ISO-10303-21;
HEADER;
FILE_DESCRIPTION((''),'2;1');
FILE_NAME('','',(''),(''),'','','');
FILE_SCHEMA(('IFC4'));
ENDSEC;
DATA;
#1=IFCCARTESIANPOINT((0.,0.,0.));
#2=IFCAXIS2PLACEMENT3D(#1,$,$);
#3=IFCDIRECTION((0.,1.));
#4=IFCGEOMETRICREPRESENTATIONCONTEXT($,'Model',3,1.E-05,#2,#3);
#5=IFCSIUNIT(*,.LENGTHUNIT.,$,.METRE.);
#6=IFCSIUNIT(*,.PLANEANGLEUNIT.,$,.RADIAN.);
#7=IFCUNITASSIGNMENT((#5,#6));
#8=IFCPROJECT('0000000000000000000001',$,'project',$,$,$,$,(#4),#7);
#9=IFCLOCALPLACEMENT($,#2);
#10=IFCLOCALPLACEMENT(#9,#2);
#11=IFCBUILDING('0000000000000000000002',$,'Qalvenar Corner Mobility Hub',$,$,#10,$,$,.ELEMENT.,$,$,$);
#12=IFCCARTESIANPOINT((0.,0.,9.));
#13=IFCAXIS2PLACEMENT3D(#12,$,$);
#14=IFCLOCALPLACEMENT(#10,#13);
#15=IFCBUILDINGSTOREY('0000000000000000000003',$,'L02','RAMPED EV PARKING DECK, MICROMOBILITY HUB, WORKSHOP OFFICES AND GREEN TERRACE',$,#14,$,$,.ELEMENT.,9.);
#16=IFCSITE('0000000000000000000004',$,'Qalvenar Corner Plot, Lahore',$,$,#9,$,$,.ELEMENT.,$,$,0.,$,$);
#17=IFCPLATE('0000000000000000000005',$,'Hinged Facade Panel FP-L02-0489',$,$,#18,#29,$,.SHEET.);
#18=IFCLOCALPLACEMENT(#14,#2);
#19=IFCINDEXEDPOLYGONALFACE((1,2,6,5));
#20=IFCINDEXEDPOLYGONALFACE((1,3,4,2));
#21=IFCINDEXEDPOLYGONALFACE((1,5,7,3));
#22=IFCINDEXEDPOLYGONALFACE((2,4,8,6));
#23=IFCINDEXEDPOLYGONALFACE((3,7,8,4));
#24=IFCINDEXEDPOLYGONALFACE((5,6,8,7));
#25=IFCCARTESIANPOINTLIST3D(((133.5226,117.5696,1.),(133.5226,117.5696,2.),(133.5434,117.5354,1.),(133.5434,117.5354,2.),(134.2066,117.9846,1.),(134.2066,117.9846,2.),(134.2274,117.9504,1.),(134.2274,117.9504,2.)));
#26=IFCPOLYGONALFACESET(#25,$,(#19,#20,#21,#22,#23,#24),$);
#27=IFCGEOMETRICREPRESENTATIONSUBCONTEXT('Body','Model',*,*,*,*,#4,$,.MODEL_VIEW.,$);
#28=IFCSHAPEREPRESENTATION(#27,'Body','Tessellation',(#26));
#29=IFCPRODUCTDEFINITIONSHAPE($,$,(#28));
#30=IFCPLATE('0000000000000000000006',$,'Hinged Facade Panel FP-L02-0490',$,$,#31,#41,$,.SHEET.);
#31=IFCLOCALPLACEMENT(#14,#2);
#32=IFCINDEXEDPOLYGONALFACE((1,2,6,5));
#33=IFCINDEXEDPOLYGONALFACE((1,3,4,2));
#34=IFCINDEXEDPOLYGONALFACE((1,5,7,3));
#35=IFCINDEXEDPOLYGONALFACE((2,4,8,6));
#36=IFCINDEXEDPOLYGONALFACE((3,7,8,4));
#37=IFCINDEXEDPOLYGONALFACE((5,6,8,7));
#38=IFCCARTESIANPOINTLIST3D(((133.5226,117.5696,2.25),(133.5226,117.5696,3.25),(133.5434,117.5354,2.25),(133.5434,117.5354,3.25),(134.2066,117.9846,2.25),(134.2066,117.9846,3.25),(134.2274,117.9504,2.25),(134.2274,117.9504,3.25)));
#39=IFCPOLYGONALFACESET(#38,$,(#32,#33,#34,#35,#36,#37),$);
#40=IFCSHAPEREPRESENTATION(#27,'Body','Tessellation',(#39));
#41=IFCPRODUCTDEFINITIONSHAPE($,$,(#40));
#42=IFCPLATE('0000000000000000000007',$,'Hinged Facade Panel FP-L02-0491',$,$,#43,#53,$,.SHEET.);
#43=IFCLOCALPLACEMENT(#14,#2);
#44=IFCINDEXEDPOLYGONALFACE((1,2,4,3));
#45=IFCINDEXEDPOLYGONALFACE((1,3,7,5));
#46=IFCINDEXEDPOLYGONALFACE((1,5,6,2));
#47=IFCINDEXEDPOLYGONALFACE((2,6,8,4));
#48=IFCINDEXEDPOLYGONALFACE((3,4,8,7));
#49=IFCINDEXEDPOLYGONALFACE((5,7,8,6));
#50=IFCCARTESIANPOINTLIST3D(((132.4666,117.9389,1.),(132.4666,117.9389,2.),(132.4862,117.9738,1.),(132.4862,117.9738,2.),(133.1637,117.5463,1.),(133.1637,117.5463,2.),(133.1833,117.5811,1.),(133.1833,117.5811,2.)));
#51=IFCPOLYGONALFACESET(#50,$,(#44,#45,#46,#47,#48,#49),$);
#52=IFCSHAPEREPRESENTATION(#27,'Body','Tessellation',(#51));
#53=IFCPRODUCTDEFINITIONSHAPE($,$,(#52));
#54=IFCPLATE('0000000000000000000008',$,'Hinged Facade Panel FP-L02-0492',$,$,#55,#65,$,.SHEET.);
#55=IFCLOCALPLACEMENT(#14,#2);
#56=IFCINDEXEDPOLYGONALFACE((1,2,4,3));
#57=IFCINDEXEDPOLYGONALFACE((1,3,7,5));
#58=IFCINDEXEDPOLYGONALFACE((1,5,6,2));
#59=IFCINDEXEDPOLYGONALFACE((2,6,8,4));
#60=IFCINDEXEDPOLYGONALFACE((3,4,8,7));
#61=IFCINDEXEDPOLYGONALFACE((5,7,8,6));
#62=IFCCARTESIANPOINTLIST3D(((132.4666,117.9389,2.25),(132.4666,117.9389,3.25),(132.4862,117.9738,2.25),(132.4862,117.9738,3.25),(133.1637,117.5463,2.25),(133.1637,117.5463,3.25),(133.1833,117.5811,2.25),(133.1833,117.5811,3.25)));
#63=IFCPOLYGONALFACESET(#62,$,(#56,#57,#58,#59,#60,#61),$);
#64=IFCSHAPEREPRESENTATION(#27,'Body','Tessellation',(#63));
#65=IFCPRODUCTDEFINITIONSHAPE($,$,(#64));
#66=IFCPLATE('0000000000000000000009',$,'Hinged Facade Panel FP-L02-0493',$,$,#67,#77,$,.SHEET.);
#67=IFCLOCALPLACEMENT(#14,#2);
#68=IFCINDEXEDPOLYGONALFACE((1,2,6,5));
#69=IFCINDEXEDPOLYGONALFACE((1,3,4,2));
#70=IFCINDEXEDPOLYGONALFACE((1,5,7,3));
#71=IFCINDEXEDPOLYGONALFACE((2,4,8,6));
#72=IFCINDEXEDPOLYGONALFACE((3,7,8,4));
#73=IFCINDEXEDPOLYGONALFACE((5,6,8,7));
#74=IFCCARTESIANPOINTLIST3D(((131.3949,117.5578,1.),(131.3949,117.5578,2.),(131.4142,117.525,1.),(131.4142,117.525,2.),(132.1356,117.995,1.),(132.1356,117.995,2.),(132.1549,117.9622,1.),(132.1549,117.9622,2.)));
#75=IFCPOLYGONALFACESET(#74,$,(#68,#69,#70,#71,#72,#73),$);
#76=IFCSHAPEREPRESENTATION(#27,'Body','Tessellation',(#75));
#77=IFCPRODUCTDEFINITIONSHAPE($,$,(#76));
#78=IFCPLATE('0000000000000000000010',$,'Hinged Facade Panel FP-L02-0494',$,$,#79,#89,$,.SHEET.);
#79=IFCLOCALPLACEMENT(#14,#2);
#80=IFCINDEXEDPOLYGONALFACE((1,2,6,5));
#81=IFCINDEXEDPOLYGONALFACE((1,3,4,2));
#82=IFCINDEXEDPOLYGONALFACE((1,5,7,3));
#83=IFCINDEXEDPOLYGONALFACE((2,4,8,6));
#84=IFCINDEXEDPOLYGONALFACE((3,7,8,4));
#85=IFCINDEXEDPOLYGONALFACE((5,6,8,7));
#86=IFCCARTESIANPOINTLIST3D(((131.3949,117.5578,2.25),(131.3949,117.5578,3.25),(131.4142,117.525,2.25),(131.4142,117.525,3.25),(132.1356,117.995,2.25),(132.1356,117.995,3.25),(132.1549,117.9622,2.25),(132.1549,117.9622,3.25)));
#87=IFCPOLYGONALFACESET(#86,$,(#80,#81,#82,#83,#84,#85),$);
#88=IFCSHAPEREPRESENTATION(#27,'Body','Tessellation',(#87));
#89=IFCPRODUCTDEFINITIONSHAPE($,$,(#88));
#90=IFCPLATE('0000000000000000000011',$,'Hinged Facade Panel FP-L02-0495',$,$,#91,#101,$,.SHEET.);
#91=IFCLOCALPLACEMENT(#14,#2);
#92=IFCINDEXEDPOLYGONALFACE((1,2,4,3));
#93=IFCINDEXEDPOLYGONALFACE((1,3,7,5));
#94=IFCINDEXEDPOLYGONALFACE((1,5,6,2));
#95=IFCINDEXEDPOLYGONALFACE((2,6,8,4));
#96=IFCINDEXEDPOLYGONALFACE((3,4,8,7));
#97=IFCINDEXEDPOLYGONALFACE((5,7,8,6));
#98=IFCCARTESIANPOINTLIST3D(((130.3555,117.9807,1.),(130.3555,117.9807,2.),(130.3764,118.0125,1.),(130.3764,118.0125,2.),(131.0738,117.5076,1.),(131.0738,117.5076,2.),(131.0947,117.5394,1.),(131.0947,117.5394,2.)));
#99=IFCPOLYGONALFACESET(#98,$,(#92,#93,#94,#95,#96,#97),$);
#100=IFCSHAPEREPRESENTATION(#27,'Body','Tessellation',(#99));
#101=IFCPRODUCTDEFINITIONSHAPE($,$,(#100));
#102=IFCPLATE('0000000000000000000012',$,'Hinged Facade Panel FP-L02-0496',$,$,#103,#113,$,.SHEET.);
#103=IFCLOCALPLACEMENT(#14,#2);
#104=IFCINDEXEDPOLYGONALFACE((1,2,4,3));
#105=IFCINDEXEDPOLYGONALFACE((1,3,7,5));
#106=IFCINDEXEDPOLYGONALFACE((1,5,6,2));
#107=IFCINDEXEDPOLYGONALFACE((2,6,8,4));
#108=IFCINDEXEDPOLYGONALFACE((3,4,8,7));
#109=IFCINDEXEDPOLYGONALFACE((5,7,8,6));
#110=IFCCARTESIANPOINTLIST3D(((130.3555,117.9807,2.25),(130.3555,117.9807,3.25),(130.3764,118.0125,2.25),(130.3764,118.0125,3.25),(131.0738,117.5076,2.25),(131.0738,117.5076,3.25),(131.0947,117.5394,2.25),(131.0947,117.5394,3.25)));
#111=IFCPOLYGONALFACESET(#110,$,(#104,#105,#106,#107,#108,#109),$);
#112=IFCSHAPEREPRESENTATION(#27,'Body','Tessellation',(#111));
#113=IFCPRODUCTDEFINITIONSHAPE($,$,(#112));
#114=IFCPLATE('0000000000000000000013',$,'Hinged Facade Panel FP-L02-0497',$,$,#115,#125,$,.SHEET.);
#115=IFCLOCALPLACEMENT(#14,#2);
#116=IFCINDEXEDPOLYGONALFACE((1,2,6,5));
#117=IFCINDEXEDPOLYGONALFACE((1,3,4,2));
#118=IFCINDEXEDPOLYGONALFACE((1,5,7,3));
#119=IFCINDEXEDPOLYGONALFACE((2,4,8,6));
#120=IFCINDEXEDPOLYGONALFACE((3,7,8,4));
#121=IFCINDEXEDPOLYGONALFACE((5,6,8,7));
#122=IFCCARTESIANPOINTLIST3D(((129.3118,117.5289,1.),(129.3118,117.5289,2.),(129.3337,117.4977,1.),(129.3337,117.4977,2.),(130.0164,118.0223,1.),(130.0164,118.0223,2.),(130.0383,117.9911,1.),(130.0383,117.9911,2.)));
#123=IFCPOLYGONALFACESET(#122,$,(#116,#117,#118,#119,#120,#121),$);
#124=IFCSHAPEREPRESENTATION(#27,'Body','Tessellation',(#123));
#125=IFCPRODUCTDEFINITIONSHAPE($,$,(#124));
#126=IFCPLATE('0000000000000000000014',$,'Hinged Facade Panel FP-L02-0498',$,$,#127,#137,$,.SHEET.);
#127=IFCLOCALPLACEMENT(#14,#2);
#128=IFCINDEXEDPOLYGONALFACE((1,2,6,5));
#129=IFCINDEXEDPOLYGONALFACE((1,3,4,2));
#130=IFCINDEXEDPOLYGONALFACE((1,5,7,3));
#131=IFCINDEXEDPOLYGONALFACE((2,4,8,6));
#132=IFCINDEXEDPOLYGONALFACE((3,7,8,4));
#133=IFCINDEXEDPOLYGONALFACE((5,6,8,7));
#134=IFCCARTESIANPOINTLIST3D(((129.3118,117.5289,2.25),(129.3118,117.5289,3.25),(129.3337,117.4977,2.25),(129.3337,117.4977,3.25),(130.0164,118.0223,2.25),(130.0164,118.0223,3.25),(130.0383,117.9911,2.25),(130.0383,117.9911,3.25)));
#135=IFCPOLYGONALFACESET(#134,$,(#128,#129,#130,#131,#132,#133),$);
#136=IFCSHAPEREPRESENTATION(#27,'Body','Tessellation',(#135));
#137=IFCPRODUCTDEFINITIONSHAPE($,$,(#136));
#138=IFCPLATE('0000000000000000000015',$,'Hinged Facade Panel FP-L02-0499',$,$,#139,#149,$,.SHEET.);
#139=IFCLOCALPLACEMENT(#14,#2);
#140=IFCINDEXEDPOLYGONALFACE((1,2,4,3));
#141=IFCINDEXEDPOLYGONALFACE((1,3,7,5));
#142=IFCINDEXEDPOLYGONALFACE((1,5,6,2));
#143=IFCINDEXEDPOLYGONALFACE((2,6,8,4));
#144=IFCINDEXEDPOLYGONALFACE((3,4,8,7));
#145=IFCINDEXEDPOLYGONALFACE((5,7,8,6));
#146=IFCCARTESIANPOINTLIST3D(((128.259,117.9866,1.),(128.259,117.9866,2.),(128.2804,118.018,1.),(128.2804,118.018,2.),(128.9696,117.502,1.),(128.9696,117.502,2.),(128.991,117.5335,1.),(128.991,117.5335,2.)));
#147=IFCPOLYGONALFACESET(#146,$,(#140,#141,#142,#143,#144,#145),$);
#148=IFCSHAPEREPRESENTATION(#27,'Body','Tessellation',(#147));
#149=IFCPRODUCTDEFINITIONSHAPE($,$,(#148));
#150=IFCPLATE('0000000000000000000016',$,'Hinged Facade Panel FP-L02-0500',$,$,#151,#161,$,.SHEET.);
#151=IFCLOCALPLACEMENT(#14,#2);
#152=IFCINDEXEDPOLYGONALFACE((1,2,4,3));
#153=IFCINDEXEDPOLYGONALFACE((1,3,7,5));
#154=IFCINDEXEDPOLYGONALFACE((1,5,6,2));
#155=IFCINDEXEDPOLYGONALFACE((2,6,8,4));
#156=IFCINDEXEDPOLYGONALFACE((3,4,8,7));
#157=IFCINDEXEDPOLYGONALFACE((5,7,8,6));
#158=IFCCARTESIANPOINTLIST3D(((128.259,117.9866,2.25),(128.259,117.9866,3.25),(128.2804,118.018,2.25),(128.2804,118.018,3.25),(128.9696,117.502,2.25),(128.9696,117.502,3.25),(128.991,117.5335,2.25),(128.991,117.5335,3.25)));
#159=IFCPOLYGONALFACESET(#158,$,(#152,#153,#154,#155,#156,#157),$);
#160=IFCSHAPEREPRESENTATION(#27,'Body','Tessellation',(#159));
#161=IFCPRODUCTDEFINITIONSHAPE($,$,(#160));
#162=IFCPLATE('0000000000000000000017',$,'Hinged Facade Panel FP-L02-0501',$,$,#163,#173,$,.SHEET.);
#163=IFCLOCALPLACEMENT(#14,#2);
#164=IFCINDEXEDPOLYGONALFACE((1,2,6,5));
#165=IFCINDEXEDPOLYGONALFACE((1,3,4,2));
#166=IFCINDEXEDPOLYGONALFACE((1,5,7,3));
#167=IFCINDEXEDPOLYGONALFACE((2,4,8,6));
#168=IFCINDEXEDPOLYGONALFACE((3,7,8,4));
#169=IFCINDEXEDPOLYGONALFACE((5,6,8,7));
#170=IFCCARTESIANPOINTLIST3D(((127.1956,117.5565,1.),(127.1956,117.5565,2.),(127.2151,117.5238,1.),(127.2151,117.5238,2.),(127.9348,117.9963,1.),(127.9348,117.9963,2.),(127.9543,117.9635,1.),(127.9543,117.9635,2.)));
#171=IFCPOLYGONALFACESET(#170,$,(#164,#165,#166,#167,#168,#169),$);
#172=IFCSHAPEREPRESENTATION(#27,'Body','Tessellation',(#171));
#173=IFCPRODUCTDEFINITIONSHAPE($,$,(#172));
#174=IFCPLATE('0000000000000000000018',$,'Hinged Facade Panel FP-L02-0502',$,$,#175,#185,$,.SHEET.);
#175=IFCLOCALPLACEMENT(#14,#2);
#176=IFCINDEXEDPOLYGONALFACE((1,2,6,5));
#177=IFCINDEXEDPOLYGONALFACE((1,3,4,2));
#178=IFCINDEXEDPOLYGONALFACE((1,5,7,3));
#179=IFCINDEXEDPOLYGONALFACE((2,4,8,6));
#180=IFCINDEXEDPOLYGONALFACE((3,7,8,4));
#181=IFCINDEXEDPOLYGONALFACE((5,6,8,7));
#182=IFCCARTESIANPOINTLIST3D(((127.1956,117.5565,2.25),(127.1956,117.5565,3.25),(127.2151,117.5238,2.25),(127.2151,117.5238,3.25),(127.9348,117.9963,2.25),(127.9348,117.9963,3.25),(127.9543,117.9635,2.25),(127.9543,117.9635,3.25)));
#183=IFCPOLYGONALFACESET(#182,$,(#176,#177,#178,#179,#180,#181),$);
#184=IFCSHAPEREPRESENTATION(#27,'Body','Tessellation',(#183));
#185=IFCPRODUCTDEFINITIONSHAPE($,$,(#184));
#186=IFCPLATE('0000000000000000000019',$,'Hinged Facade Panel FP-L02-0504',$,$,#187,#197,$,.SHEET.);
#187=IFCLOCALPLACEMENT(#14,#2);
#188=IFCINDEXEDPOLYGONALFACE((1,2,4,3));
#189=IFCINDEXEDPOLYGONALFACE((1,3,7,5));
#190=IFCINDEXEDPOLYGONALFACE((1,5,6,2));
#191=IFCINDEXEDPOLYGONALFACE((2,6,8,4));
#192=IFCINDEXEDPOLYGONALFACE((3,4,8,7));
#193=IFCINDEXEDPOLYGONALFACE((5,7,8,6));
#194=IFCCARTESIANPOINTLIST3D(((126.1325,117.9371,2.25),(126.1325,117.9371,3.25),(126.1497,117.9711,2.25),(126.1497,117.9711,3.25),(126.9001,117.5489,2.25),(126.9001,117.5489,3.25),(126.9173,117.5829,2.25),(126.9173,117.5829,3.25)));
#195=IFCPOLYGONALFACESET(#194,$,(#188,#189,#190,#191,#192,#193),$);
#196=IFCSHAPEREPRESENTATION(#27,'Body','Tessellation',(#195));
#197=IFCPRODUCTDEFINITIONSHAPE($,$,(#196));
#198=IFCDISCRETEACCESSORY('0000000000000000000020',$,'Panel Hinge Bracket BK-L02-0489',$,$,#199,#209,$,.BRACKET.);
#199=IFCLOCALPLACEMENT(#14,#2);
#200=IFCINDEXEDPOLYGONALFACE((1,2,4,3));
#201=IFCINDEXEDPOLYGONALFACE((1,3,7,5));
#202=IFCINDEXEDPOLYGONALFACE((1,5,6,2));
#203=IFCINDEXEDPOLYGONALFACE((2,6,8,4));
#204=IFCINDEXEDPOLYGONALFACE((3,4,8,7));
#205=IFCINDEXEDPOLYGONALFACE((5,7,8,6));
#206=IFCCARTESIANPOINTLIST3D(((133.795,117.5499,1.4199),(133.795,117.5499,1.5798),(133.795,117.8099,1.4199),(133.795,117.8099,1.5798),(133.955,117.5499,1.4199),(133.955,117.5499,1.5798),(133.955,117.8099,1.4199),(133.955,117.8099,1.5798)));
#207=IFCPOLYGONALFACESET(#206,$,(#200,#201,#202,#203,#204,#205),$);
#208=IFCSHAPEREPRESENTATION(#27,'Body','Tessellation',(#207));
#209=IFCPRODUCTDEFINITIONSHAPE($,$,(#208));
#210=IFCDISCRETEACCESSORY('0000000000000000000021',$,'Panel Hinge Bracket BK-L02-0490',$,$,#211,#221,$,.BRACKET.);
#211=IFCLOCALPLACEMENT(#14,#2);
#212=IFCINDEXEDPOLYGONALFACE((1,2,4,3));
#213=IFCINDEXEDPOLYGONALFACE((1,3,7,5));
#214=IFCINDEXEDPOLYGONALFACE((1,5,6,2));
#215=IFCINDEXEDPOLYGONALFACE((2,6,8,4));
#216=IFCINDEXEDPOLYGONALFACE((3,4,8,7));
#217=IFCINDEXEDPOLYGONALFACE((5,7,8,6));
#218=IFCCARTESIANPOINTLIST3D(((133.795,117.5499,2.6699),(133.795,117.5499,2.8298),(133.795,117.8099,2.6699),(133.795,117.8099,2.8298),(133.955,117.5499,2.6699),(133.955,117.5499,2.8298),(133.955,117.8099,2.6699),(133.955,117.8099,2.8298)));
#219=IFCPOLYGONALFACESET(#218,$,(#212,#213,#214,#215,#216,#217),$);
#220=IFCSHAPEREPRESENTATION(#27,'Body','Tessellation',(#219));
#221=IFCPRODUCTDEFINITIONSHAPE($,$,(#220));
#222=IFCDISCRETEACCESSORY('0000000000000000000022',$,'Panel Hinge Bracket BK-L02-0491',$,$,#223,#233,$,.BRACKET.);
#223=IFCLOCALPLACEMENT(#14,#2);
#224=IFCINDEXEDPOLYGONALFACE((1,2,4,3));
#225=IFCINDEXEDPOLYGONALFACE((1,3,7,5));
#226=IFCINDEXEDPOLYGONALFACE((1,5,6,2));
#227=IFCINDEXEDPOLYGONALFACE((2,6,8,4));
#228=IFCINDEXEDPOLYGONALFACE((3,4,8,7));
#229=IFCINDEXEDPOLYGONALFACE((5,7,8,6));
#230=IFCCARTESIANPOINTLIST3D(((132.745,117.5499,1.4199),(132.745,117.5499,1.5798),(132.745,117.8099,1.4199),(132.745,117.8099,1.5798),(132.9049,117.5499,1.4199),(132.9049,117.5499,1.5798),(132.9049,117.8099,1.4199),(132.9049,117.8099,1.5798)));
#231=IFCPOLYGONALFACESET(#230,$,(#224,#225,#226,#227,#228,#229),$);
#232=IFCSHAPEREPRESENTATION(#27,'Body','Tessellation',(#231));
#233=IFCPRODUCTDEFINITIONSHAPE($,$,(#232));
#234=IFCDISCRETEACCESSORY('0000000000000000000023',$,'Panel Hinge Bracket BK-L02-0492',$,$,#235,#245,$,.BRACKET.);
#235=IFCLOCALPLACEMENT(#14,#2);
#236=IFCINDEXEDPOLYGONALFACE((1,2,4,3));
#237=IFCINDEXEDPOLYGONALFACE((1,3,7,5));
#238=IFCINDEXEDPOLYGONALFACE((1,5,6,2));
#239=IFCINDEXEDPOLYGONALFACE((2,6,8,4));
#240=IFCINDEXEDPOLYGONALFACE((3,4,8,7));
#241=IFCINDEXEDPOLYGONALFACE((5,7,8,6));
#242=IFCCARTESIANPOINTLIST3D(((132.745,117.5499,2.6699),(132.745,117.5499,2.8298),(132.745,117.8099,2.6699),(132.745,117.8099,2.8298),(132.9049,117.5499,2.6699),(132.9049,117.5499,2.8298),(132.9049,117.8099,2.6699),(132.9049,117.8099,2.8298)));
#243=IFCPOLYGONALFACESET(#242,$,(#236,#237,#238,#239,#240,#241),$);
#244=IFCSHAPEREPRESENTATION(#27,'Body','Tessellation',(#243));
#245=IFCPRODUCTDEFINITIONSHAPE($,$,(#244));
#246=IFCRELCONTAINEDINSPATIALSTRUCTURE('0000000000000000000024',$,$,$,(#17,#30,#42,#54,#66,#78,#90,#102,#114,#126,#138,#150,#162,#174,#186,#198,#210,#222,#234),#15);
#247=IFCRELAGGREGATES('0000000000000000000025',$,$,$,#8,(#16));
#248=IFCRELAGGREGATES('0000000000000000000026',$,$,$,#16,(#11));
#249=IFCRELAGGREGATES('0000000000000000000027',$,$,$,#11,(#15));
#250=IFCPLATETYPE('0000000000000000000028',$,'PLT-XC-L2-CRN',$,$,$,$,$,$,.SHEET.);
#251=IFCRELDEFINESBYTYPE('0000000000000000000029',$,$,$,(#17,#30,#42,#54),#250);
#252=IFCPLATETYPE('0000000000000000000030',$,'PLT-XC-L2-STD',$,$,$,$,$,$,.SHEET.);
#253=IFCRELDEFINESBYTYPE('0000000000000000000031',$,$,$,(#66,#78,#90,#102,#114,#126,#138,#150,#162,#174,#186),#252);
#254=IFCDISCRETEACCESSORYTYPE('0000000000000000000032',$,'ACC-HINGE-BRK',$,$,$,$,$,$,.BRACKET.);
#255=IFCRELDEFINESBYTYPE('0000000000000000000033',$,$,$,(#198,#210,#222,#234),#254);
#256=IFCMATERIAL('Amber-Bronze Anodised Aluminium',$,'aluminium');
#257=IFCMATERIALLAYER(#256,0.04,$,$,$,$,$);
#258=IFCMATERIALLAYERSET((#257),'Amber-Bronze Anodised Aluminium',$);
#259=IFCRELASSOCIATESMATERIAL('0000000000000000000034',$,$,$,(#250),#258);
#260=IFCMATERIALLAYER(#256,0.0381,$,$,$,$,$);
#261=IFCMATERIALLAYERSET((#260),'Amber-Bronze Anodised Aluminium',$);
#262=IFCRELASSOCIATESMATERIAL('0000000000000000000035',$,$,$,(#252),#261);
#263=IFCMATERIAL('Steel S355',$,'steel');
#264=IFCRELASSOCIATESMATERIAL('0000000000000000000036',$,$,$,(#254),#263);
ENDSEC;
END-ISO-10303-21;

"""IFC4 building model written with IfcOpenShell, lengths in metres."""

from ifc_helpers import new_model, si_unit, direction, frame, origin, origin_2d, place, context, subcontext, project, spatial, rectangle, extrude, material, layer, layer_set, type_object, element, save


model = new_model("IFC4")

# Units and contexts
model_context = context("Model", 3, precision=1e-05, world=origin(), true_north=direction((0.0, 1.0)))
body_context = subcontext(model_context, "Body", "Model", "MODEL_VIEW")
ifc_project = project(units=[si_unit("LENGTHUNIT", "METRE"), si_unit("PLANEANGLEUNIT", "RADIAN")], contexts=[model_context])

# Site, building, storey
site_placement = place(None, origin())
site = spatial("IfcSite", under=ifc_project, at=site_placement, Name="Qalvenar Corner Plot, Lahore", CompositionType="ELEMENT", RefElevation=0.0)
building_placement = place(site_placement, origin())
building = spatial("IfcBuilding", under=site, at=building_placement, Name="Qalvenar Corner Mobility Hub", CompositionType="ELEMENT")
storey_placement = place(building_placement, frame((0.0, 0.0, 9.0)))
storey = spatial("IfcBuildingStorey", under=building, at=storey_placement, Name="L02", Description="RAMPED EV PARKING DECK, MICROMOBILITY HUB, WORKSHOP OFFICES AND GREEN TERRACE", CompositionType="ELEMENT", Elevation=9.0)

# Shared definitions
ifc_material_1 = material(Name="Steel S355", Category="steel")

# Plates
ifc_material_2 = material(Name="Amber-Bronze Anodised Aluminium", Category="aluminium")
ifc_layer_1 = layer(ifc_material_2, 0.04)
ifc_layer_set_1 = layer_set([ifc_layer_1], Name="Amber-Bronze Anodised Aluminium")
plate_type_1 = type_object("IfcPlateType", Name="PLT-XC-L2-CRN", PredefinedType="SHEET", material=ifc_layer_set_1)
for number, where, z_axis, x_axis, name in (
    (1, (133.875, 117.76, 1.0), (0.0, 0.0, 1.0), (-0.854912, -0.518773, 0.0), "Hinged Facade Panel FP-L02-0489"),
    (2, (133.875, 117.76, 2.25), (0.0, 0.0, 1.0), (-0.854912, -0.518773, 0.0), "Hinged Facade Panel FP-L02-0490"),
    (3, (132.825, 117.76, 1.0), (0.0, 0.0, 1.0), (-0.871299, 0.490752, 0.0), "Hinged Facade Panel FP-L02-0491"),
    (4, (132.825, 117.76, 2.25), (0.0, 0.0, 1.0), (-0.871299, 0.490752, 0.0), "Hinged Facade Panel FP-L02-0492"),
):
    element("IfcPlate", number, at=place(storey_placement, frame(where, z_axis=z_axis, x_axis=x_axis)), inside=storey, type_object=plate_type_1, Name=name, PredefinedType="SHEET", context=body_context, shape_type="SweptSolid", body=[
        extrude(rectangle(XDim=0.8, YDim=0.04, at=origin_2d()), origin(), (0.0, 0.0, 1.0), 1.0),
    ])
ifc_layer_2 = layer(ifc_material_2, 0.0381)
ifc_layer_set_2 = layer_set([ifc_layer_2], Name="Amber-Bronze Anodised Aluminium")
plate_type_2 = type_object("IfcPlateType", Name="PLT-XC-L2-STD", PredefinedType="SHEET", material=ifc_layer_set_2)
for number, where, z_axis, x_axis, name in (
    (5, (131.7749, 117.76, 1.0), (0.0, 0.0, 1.0), (-0.861186, -0.50829, 0.0), "Hinged Facade Panel FP-L02-0493"),
    (6, (131.7749, 117.76, 2.25), (0.0, 0.0, 1.0), (-0.861186, -0.50829, 0.0), "Hinged Facade Panel FP-L02-0494"),
    (7, (130.7251, 117.76, 1.0), (0.0, 0.0, 1.0), (-0.835136, 0.550044, 0.0), "Hinged Facade Panel FP-L02-0495"),
    (8, (130.7251, 117.76, 2.25), (0.0, 0.0, 1.0), (-0.835136, 0.550044, 0.0), "Hinged Facade Panel FP-L02-0496"),
    (9, (129.675, 117.76, 1.0), (0.0, 0.0, 1.0), (-0.819152, -0.573576, 0.0), "Hinged Facade Panel FP-L02-0497"),
    (10, (129.675, 117.76, 2.25), (0.0, 0.0, 1.0), (-0.819152, -0.573576, 0.0), "Hinged Facade Panel FP-L02-0498"),
    (11, (128.625, 117.76, 1.0), (0.0, 0.0, 1.0), (-0.826197, 0.563382, 0.0), "Hinged Facade Panel FP-L02-0499"),
    (12, (128.625, 117.76, 2.25), (0.0, 0.0, 1.0), (-0.826197, 0.563382, 0.0), "Hinged Facade Panel FP-L02-0500"),
    (13, (127.575, 117.76, 1.0), (0.0, 0.0, 1.0), (-0.859406, -0.511293, 0.0), "Hinged Facade Panel FP-L02-0501"),
    (14, (127.575, 117.76, 2.25), (0.0, 0.0, 1.0), (-0.859406, -0.511293, 0.0), "Hinged Facade Panel FP-L02-0502"),
    (15, (126.5249, 117.76, 2.25), (0.0, 0.0, 1.0), (-0.89235, 0.451345, 0.0), "Hinged Facade Panel FP-L02-0504"),
):
    element("IfcPlate", number, at=place(storey_placement, frame(where, z_axis=z_axis, x_axis=x_axis)), inside=storey, type_object=plate_type_2, Name=name, PredefinedType="SHEET", context=body_context, shape_type="SweptSolid", body=[
        extrude(rectangle(XDim=0.8601, YDim=0.0381, at=origin_2d()), origin(), (0.0, 0.0, 1.0), 1.0),
    ])

# Discrete accessories
discrete_accessory_type = type_object("IfcDiscreteAccessoryType", Name="ACC-HINGE-BRK", PredefinedType="BRACKET", material=ifc_material_1)
for number, where, z_axis, x_axis, name in (
    (16, (133.875, 117.6799, 1.4199), (0.0, 0.0, 1.0), (-1.0, 0.0, 0.0), "Panel Hinge Bracket BK-L02-0489"),
    (17, (133.875, 117.6799, 2.6699), (0.0, 0.0, 1.0), (-1.0, 0.0, 0.0), "Panel Hinge Bracket BK-L02-0490"),
    (18, (132.825, 117.6799, 1.4199), (0.0, 0.0, 1.0), (-1.0, 0.0, 0.0), "Panel Hinge Bracket BK-L02-0491"),
    (19, (132.825, 117.6799, 2.6699), (0.0, 0.0, 1.0), (-1.0, 0.0, 0.0), "Panel Hinge Bracket BK-L02-0492"),
):
    element("IfcDiscreteAccessory", number, at=place(storey_placement, frame(where, z_axis=z_axis, x_axis=x_axis)), inside=storey, type_object=discrete_accessory_type, Name=name, PredefinedType="BRACKET", context=body_context, shape_type="SweptSolid", body=[
        extrude(rectangle(XDim=0.1599, YDim=0.26, at=origin_2d()), origin(), (0.0, 0.0, 1.0), 0.1599),
    ])

save(model, "model.ifc")
